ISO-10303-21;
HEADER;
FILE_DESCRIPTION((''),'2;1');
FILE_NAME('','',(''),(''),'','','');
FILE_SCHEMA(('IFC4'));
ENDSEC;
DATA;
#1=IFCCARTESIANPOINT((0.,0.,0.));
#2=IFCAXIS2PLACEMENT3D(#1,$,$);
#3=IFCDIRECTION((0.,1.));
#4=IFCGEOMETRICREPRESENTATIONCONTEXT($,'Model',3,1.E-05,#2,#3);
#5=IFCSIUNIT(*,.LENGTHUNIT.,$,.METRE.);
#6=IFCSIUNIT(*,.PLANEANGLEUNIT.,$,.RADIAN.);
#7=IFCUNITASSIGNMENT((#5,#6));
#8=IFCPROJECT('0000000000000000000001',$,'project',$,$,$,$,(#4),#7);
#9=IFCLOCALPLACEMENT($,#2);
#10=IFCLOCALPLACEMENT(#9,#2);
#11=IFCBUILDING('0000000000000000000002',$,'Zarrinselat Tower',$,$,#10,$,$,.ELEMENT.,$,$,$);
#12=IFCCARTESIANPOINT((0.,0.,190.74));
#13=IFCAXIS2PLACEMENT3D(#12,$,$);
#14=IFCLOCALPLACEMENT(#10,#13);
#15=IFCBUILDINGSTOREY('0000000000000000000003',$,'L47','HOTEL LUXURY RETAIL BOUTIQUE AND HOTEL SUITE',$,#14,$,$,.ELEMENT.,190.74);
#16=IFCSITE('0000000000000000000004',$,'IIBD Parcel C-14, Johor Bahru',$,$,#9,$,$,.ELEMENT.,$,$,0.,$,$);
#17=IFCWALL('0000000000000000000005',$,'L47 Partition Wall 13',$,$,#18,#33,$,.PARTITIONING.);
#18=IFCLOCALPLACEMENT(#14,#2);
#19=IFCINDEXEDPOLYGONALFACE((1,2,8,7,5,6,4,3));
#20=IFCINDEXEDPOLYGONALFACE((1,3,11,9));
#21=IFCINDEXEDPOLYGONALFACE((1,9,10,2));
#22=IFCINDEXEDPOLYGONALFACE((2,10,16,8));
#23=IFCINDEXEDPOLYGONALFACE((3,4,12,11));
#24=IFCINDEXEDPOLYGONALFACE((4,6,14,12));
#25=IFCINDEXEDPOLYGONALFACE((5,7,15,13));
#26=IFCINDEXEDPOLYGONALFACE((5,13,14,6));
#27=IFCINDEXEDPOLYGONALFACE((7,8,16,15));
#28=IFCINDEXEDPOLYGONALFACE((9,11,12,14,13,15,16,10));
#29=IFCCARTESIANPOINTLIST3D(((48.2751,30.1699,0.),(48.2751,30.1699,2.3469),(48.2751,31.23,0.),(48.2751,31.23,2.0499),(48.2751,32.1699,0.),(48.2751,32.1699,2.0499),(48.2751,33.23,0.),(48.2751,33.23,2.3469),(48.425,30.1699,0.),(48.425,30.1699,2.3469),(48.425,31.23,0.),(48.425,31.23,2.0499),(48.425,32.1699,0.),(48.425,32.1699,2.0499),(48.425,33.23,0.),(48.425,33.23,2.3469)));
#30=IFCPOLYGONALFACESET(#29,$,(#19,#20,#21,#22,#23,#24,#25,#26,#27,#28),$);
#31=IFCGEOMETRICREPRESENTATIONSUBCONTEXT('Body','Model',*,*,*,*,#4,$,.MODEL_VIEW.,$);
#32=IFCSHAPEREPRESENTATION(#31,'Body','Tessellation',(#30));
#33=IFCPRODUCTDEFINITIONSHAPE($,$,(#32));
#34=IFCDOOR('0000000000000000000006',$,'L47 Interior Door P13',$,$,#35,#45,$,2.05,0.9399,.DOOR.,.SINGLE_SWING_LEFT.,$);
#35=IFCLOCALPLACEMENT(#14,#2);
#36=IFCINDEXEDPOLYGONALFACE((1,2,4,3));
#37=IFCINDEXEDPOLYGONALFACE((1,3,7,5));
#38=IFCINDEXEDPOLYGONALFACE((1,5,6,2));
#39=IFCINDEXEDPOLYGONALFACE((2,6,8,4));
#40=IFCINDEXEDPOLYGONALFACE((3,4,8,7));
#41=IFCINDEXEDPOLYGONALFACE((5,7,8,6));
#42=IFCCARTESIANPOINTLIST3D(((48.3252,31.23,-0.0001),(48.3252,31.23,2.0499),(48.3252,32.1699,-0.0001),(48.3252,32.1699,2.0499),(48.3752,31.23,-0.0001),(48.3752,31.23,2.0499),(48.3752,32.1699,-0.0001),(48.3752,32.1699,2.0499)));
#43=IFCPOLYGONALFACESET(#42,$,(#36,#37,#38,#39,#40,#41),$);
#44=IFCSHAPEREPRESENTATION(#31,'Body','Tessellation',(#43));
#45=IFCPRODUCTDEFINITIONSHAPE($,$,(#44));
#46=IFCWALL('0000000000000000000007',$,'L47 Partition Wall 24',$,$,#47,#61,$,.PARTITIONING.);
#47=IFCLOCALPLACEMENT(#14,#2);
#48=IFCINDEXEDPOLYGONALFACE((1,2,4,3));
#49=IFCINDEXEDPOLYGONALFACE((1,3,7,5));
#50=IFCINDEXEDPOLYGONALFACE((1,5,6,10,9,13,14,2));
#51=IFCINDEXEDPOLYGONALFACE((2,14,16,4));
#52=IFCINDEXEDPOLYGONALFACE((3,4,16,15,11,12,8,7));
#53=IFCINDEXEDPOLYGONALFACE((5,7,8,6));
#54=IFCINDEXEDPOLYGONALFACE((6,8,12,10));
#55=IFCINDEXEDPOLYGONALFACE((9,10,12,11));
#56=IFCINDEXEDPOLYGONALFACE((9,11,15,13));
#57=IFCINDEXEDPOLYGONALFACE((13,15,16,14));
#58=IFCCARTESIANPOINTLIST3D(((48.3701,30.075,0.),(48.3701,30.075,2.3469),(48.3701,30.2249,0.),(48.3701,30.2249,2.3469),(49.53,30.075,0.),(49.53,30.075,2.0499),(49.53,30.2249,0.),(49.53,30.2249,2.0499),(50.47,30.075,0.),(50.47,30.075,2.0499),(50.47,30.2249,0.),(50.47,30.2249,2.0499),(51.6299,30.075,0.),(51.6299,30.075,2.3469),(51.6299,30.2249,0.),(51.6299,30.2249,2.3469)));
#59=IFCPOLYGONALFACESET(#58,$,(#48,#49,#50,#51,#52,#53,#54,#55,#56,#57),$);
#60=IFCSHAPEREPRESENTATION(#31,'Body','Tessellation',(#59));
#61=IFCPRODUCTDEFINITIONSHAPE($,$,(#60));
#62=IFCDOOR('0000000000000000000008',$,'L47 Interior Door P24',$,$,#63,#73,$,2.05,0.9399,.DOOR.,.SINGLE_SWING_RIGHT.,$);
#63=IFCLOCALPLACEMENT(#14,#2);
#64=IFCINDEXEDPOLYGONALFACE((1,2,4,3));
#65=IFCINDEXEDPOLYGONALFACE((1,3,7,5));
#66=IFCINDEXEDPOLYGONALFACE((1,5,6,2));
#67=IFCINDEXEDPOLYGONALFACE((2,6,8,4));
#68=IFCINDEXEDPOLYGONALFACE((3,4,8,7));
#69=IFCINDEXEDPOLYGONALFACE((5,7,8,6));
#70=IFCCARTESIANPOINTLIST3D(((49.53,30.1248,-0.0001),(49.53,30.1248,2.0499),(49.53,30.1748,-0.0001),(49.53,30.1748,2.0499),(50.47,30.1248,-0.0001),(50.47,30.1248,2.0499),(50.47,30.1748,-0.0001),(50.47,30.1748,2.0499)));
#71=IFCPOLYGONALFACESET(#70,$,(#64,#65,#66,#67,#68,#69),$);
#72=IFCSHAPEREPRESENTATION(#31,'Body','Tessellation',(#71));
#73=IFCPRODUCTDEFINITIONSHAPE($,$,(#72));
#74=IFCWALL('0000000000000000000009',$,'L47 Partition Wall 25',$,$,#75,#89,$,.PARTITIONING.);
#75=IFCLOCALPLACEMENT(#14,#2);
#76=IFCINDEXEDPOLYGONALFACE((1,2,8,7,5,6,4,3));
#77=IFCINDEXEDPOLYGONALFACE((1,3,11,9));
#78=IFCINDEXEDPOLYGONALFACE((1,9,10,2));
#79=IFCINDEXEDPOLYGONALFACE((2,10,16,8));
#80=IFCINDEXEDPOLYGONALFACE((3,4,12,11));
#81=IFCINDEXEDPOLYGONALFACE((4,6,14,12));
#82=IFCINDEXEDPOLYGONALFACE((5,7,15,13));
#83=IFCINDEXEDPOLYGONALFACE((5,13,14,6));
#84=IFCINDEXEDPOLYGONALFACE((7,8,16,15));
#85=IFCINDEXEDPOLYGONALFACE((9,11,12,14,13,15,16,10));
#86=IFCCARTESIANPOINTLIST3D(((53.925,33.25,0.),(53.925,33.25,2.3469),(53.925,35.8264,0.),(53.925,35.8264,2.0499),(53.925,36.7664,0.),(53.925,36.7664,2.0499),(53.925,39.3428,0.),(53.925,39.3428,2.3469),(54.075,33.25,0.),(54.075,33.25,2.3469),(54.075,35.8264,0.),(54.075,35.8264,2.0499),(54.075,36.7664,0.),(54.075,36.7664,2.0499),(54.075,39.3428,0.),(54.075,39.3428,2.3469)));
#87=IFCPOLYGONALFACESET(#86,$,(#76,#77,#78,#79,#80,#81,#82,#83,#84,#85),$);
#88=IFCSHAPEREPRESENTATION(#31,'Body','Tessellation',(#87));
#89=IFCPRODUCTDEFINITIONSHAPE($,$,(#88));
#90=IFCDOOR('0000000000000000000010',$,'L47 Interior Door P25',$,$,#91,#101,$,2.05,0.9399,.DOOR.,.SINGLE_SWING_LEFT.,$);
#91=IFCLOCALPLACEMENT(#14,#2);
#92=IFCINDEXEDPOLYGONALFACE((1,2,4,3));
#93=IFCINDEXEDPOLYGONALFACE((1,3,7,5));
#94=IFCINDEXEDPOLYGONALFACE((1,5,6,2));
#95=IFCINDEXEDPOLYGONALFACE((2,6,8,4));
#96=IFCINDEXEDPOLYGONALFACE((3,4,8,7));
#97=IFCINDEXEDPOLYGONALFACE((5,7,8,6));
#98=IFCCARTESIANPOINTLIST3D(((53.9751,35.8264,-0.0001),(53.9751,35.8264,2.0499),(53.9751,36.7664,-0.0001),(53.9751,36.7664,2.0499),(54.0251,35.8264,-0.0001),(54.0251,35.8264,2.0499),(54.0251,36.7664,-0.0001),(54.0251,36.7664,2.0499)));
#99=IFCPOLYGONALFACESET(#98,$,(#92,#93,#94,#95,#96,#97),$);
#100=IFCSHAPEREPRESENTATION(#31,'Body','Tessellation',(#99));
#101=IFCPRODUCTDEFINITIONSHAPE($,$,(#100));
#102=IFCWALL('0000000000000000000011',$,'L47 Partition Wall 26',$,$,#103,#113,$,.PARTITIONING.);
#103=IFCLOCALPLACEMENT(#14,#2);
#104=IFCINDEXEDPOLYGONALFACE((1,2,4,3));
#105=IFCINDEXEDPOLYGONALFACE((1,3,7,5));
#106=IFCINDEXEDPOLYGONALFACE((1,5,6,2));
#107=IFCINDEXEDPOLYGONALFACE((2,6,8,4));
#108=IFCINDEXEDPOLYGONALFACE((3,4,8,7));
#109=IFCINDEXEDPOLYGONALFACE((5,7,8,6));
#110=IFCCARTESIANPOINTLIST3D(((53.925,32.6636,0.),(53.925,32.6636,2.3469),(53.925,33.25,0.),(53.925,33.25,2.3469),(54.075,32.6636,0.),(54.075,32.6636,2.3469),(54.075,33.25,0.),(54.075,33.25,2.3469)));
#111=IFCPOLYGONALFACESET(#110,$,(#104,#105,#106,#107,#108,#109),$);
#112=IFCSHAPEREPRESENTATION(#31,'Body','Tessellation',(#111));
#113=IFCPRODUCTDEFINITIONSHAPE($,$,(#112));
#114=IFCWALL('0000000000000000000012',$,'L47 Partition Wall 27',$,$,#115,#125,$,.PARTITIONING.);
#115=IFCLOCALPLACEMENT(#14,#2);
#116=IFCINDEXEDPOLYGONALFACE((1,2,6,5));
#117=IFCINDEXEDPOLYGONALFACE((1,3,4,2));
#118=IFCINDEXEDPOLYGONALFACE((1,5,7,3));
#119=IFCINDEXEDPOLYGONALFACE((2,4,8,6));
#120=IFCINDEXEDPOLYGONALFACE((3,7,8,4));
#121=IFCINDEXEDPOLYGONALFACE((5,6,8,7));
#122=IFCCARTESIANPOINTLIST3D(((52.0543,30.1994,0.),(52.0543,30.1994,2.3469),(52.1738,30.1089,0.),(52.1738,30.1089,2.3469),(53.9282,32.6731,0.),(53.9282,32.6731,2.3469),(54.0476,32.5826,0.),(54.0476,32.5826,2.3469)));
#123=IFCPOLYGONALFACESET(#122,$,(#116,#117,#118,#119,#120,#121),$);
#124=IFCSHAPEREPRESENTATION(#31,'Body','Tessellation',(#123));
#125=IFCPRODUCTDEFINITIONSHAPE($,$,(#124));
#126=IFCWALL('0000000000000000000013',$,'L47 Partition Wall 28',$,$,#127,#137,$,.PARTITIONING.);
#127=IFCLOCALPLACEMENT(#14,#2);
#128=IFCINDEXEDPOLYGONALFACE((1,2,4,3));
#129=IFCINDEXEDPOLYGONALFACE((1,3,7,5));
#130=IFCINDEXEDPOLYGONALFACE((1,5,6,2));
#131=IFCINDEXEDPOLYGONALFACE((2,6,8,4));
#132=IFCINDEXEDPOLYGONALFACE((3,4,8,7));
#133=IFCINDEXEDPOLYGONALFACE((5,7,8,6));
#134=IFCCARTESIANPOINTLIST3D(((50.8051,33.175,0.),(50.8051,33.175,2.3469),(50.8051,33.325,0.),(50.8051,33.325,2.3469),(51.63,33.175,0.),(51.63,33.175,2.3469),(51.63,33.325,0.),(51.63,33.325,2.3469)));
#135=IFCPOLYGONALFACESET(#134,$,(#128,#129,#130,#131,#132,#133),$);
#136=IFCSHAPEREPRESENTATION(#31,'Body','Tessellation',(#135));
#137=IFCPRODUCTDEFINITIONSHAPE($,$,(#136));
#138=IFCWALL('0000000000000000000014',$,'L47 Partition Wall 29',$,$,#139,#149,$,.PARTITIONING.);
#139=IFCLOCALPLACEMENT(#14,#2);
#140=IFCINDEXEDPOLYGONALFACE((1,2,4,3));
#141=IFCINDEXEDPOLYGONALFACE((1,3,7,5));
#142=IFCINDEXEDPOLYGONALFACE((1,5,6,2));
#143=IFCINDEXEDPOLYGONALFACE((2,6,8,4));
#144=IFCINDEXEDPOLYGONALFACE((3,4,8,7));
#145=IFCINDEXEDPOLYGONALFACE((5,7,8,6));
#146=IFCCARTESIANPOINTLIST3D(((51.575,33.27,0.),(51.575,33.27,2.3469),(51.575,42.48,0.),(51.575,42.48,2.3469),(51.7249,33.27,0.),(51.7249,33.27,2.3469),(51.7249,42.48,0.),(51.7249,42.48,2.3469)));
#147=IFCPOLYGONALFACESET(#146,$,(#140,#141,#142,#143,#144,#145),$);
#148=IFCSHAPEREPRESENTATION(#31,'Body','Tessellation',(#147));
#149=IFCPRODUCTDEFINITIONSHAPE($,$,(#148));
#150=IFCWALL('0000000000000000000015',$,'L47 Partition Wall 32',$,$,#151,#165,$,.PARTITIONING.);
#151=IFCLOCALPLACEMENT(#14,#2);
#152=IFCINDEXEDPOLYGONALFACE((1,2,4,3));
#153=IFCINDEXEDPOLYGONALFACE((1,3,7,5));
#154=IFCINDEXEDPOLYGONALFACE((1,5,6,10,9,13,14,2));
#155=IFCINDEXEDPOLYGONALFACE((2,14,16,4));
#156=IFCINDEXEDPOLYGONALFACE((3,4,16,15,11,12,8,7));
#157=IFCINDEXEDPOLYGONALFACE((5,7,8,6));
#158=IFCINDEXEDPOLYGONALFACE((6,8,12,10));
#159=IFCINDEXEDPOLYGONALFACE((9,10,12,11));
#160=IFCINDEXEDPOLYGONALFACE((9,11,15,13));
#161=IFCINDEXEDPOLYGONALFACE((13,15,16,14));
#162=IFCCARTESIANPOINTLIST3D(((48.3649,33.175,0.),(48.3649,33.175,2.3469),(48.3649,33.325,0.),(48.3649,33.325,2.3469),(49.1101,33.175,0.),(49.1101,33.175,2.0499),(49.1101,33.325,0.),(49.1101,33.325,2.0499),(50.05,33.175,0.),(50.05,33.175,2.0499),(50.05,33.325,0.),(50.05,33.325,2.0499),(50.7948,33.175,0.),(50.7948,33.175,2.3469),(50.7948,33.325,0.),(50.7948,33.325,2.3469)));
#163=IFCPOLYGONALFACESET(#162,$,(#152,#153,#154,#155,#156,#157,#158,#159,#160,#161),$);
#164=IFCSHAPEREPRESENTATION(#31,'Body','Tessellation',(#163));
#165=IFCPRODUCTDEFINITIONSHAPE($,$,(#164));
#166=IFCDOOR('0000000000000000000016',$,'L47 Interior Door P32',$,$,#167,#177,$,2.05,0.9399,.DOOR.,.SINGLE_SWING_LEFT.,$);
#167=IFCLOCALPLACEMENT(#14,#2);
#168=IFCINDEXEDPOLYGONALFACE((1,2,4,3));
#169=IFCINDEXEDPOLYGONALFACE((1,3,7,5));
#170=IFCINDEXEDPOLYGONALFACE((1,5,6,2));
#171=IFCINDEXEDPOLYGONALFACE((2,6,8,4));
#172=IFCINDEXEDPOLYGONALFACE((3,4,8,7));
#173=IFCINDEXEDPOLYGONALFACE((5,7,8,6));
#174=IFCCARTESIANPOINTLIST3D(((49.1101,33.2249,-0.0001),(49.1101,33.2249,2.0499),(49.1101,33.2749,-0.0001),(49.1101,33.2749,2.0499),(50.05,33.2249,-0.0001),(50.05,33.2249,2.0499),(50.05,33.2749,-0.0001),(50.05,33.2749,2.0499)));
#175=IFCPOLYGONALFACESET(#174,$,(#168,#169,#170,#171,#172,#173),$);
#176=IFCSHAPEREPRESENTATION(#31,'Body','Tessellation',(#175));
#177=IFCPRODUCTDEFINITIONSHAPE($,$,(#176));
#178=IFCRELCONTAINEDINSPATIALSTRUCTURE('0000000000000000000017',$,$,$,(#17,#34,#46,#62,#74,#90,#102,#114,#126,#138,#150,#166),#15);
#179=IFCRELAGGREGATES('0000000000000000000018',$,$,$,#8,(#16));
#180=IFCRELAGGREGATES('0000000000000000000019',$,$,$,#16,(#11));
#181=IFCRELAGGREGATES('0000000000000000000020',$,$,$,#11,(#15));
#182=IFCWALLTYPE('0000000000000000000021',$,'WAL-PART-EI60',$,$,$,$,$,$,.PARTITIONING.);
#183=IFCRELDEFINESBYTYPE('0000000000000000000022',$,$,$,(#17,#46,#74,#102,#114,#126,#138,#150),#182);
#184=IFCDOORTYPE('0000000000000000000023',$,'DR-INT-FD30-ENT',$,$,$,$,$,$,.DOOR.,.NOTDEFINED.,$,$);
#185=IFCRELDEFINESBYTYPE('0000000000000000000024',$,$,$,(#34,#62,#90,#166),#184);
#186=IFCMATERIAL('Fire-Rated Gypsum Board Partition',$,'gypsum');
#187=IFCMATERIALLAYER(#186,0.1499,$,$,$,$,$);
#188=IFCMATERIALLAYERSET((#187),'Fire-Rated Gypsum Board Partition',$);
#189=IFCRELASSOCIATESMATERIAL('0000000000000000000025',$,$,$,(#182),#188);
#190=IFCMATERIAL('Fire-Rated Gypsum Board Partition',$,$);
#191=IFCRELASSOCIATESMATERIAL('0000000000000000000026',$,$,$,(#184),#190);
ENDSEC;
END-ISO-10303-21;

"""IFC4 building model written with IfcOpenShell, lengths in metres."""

from ifc_helpers import new_model, si_unit, direction, frame, frame_2d, origin, place, context, subcontext, project, spatial, rectangle, extrude, material, layer, layer_set, type_object, element, fill, save


model = new_model("IFC4")

# Units and contexts
model_context = context("Model", 3, precision=1e-05, world=origin(), true_north=direction((0.0, 1.0)))
body_context = subcontext(model_context, "Body", "Model", "MODEL_VIEW")
ifc_project = project(units=[si_unit("LENGTHUNIT", "METRE"), si_unit("PLANEANGLEUNIT", "RADIAN")], contexts=[model_context])

# Site, building, storey
site_placement = place(None, origin())
site = spatial("IfcSite", under=ifc_project, at=site_placement, Name="IIBD Parcel C-14, Johor Bahru", CompositionType="ELEMENT", RefElevation=0.0)
building_placement = place(site_placement, origin())
building = spatial("IfcBuilding", under=site, at=building_placement, Name="Zarrinselat Tower", CompositionType="ELEMENT")
storey_placement = place(building_placement, frame((0.0, 0.0, 190.74)))
storey = spatial("IfcBuildingStorey", under=building, at=storey_placement, Name="L47", Description="HOTEL LUXURY RETAIL BOUTIQUE AND HOTEL SUITE", CompositionType="ELEMENT", Elevation=190.74)

# Walls, openings, doors
ifc_material_1 = material(Name="Fire-Rated Gypsum Board Partition", Category="gypsum")
ifc_layer_1 = layer(ifc_material_1, 0.1499)
ifc_layer_set_1 = layer_set([ifc_layer_1], Name="Fire-Rated Gypsum Board Partition")
wall_type_1 = type_object("IfcWallType", Name="WAL-PART-EI60", PredefinedType="PARTITIONING", material=ifc_layer_set_1)
wall_1_placement = place(storey_placement, frame((48.3501, 30.1699, 0.0), z_axis=(0.0, 0.0, 1.0), x_axis=(0.0, 1.0, 0.0)))
wall_1 = element("IfcWall", 1, at=wall_1_placement, inside=storey, type_object=wall_type_1, Name="L47 Partition Wall 13", PredefinedType="PARTITIONING", context=body_context, shape_type="SweptSolid", body=[
    extrude(rectangle(XDim=3.0601, YDim=0.1499, at=frame_2d((1.53, 0.0))), origin(), (0.0, 0.0, 1.0), 2.3469),
])
opening_1_placement = place(wall_1_placement, frame((1.0601, 0.0, 0.0)))
opening_1 = element("IfcOpeningElement", 2, at=opening_1_placement, cuts=wall_1, PredefinedType="OPENING", context=body_context, shape_type="SweptSolid", body=[
    extrude(rectangle(XDim=0.9399, YDim=2.05, at=frame_2d((0.47, 1.0249))), frame((0.0, 0.085, 0.0), z_axis=(0.0, -1.0, 0.0), x_axis=(1.0, 0.0, 0.0)), (0.0, 0.0, 1.0), 0.1699),
])
ifc_material_2 = material(Name="Fire-Rated Gypsum Board Partition")
door_type = type_object("IfcDoorType", Name="DR-INT-FD30-ENT", OperationType="NOTDEFINED", PredefinedType="DOOR", material=ifc_material_2)
door_1_placement = place(opening_1_placement, origin())
door_1 = element("IfcDoor", 3, at=door_1_placement, inside=storey, type_object=door_type, Name="L47 Interior Door P13", OperationType="SINGLE_SWING_LEFT", OverallHeight=2.05, OverallWidth=0.9399, PredefinedType="DOOR", context=body_context, shape_type="SweptSolid", body=[
    extrude(rectangle(XDim=0.9399, YDim=2.05, at=frame_2d((0.47, 1.0249))), frame((0.0, 0.0249, 0.0), z_axis=(0.0, -1.0, 0.0), x_axis=(1.0, 0.0, 0.0)), (0.0, 0.0, 1.0), 0.05),
])
fill(opening_1, door_1)
wall_2_placement = place(storey_placement, frame((48.3701, 30.1499, 0.0), z_axis=(0.0, 0.0, 1.0), x_axis=(1.0, 0.0, 0.0)))
wall_2 = element("IfcWall", 4, at=wall_2_placement, inside=storey, type_object=wall_type_1, Name="L47 Partition Wall 24", PredefinedType="PARTITIONING", context=body_context, shape_type="SweptSolid", body=[
    extrude(rectangle(XDim=3.2598, YDim=0.1499, at=frame_2d((1.6299, 0.0))), origin(), (0.0, 0.0, 1.0), 2.3469),
])
opening_2_placement = place(wall_2_placement, frame((1.1599, 0.0, 0.0)))
opening_2 = element("IfcOpeningElement", 5, at=opening_2_placement, cuts=wall_2, PredefinedType="OPENING", context=body_context, shape_type="SweptSolid", body=[
    extrude(rectangle(XDim=0.9399, YDim=2.05, at=frame_2d((0.47, 1.0249))), frame((0.0, 0.085, 0.0), z_axis=(0.0, -1.0, 0.0), x_axis=(1.0, 0.0, 0.0)), (0.0, 0.0, 1.0), 0.1699),
])
door_2_placement = place(opening_2_placement, origin())
door_2 = element("IfcDoor", 6, at=door_2_placement, inside=storey, type_object=door_type, Name="L47 Interior Door P24", OperationType="SINGLE_SWING_RIGHT", OverallHeight=2.05, OverallWidth=0.9399, PredefinedType="DOOR", context=body_context, shape_type="SweptSolid", body=[
    extrude(rectangle(XDim=0.9399, YDim=2.05, at=frame_2d((0.47, 1.0249))), frame((0.0, 0.0249, 0.0), z_axis=(0.0, -1.0, 0.0), x_axis=(1.0, 0.0, 0.0)), (0.0, 0.0, 1.0), 0.05),
])
fill(opening_2, door_2)
wall_3_placement = place(storey_placement, frame((54.0, 33.25, 0.0), z_axis=(0.0, 0.0, 1.0), x_axis=(0.0, 1.0, 0.0)))
wall_3 = element("IfcWall", 7, at=wall_3_placement, inside=storey, type_object=wall_type_1, Name="L47 Partition Wall 25", PredefinedType="PARTITIONING", context=body_context, shape_type="SweptSolid", body=[
    extrude(rectangle(XDim=6.0928, YDim=0.1499, at=frame_2d((3.0464, 0.0))), origin(), (0.0, 0.0, 1.0), 2.3469),
])
opening_3_placement = place(wall_3_placement, frame((2.5764, 0.0, 0.0)))
opening_3 = element("IfcOpeningElement", 8, at=opening_3_placement, cuts=wall_3, PredefinedType="OPENING", context=body_context, shape_type="SweptSolid", body=[
    extrude(rectangle(XDim=0.9399, YDim=2.05, at=frame_2d((0.47, 1.0249))), frame((0.0, 0.085, 0.0), z_axis=(0.0, -1.0, 0.0), x_axis=(1.0, 0.0, 0.0)), (0.0, 0.0, 1.0), 0.1699),
])
door_3_placement = place(opening_3_placement, origin())
door_3 = element("IfcDoor", 9, at=door_3_placement, inside=storey, type_object=door_type, Name="L47 Interior Door P25", OperationType="SINGLE_SWING_LEFT", OverallHeight=2.05, OverallWidth=0.9399, PredefinedType="DOOR", context=body_context, shape_type="SweptSolid", body=[
    extrude(rectangle(XDim=0.9399, YDim=2.05, at=frame_2d((0.47, 1.0249))), frame((0.0, 0.0249, 0.0), z_axis=(0.0, -1.0, 0.0), x_axis=(1.0, 0.0, 0.0)), (0.0, 0.0, 1.0), 0.05),
])
fill(opening_3, door_3)

# Walls
wall_4_placement = place(storey_placement, frame((54.0, 32.6636, 0.0), z_axis=(0.0, 0.0, 1.0), x_axis=(0.0, 1.0, 0.0)))
element("IfcWall", 10, at=wall_4_placement, inside=storey, type_object=wall_type_1, Name="L47 Partition Wall 26", PredefinedType="PARTITIONING", context=body_context, shape_type="SweptSolid", body=[
    extrude(rectangle(XDim=0.5864, YDim=0.1499, at=frame_2d((0.2932, 0.0))), origin(), (0.0, 0.0, 1.0), 2.3469),
])
wall_5_placement = place(storey_placement, frame((52.114, 30.1541, 0.0), z_axis=(0.0, 0.0, 1.0), x_axis=(0.60382, 0.797121, 0.0)))
element("IfcWall", 11, at=wall_5_placement, inside=storey, type_object=wall_type_1, Name="L47 Partition Wall 27", PredefinedType="PARTITIONING", context=body_context, shape_type="SweptSolid", body=[
    extrude(rectangle(XDim=3.1033, YDim=0.1499, at=frame_2d((1.5518, 0.0))), origin(), (0.0, 0.0, 1.0), 2.3469),
])
wall_6_placement = place(storey_placement, frame((50.8049, 33.25, 0.0), z_axis=(0.0, 0.0, 1.0), x_axis=(1.0, 0.0, 0.0)))
element("IfcWall", 12, at=wall_6_placement, inside=storey, type_object=wall_type_1, Name="L47 Partition Wall 28", PredefinedType="PARTITIONING", context=body_context, shape_type="SweptSolid", body=[
    extrude(rectangle(XDim=0.825, YDim=0.1499, at=frame_2d((0.4126, 0.0))), origin(), (0.0, 0.0, 1.0), 2.3469),
])
wall_7_placement = place(storey_placement, frame((51.6499, 33.27, 0.0), z_axis=(0.0, 0.0, 1.0), x_axis=(0.0, 1.0, 0.0)))
element("IfcWall", 13, at=wall_7_placement, inside=storey, type_object=wall_type_1, Name="L47 Partition Wall 29", PredefinedType="PARTITIONING", context=body_context, shape_type="SweptSolid", body=[
    extrude(rectangle(XDim=9.21, YDim=0.1499, at=frame_2d((4.605, 0.0))), origin(), (0.0, 0.0, 1.0), 2.3469),
])

# Wall, opening, door
wall_8_placement = place(storey_placement, frame((48.365, 33.25, 0.0), z_axis=(0.0, 0.0, 1.0), x_axis=(1.0, 0.0, 0.0)))
wall_8 = element("IfcWall", 14, at=wall_8_placement, inside=storey, type_object=wall_type_1, Name="L47 Partition Wall 32", PredefinedType="PARTITIONING", context=body_context, shape_type="SweptSolid", body=[
    extrude(rectangle(XDim=2.4299, YDim=0.1499, at=frame_2d((1.2148, 0.0))), origin(), (0.0, 0.0, 1.0), 2.3469),
])
opening_4_placement = place(wall_8_placement, frame((0.7451, 0.0, 0.0)))
opening_4 = element("IfcOpeningElement", 15, at=opening_4_placement, cuts=wall_8, PredefinedType="OPENING", context=body_context, shape_type="SweptSolid", body=[
    extrude(rectangle(XDim=0.9399, YDim=2.05, at=frame_2d((0.47, 1.0249))), frame((0.0, 0.085, 0.0), z_axis=(0.0, -1.0, 0.0), x_axis=(1.0, 0.0, 0.0)), (0.0, 0.0, 1.0), 0.1699),
])
door_4_placement = place(opening_4_placement, origin())
door_4 = element("IfcDoor", 16, at=door_4_placement, inside=storey, type_object=door_type, Name="L47 Interior Door P32", OperationType="SINGLE_SWING_LEFT", OverallHeight=2.05, OverallWidth=0.9399, PredefinedType="DOOR", context=body_context, shape_type="SweptSolid", body=[
    extrude(rectangle(XDim=0.9399, YDim=2.05, at=frame_2d((0.47, 1.0249))), frame((0.0, 0.0249, 0.0), z_axis=(0.0, -1.0, 0.0), x_axis=(1.0, 0.0, 0.0)), (0.0, 0.0, 1.0), 0.05),
])
fill(opening_4, door_4)

save(model, "model.ifc")
